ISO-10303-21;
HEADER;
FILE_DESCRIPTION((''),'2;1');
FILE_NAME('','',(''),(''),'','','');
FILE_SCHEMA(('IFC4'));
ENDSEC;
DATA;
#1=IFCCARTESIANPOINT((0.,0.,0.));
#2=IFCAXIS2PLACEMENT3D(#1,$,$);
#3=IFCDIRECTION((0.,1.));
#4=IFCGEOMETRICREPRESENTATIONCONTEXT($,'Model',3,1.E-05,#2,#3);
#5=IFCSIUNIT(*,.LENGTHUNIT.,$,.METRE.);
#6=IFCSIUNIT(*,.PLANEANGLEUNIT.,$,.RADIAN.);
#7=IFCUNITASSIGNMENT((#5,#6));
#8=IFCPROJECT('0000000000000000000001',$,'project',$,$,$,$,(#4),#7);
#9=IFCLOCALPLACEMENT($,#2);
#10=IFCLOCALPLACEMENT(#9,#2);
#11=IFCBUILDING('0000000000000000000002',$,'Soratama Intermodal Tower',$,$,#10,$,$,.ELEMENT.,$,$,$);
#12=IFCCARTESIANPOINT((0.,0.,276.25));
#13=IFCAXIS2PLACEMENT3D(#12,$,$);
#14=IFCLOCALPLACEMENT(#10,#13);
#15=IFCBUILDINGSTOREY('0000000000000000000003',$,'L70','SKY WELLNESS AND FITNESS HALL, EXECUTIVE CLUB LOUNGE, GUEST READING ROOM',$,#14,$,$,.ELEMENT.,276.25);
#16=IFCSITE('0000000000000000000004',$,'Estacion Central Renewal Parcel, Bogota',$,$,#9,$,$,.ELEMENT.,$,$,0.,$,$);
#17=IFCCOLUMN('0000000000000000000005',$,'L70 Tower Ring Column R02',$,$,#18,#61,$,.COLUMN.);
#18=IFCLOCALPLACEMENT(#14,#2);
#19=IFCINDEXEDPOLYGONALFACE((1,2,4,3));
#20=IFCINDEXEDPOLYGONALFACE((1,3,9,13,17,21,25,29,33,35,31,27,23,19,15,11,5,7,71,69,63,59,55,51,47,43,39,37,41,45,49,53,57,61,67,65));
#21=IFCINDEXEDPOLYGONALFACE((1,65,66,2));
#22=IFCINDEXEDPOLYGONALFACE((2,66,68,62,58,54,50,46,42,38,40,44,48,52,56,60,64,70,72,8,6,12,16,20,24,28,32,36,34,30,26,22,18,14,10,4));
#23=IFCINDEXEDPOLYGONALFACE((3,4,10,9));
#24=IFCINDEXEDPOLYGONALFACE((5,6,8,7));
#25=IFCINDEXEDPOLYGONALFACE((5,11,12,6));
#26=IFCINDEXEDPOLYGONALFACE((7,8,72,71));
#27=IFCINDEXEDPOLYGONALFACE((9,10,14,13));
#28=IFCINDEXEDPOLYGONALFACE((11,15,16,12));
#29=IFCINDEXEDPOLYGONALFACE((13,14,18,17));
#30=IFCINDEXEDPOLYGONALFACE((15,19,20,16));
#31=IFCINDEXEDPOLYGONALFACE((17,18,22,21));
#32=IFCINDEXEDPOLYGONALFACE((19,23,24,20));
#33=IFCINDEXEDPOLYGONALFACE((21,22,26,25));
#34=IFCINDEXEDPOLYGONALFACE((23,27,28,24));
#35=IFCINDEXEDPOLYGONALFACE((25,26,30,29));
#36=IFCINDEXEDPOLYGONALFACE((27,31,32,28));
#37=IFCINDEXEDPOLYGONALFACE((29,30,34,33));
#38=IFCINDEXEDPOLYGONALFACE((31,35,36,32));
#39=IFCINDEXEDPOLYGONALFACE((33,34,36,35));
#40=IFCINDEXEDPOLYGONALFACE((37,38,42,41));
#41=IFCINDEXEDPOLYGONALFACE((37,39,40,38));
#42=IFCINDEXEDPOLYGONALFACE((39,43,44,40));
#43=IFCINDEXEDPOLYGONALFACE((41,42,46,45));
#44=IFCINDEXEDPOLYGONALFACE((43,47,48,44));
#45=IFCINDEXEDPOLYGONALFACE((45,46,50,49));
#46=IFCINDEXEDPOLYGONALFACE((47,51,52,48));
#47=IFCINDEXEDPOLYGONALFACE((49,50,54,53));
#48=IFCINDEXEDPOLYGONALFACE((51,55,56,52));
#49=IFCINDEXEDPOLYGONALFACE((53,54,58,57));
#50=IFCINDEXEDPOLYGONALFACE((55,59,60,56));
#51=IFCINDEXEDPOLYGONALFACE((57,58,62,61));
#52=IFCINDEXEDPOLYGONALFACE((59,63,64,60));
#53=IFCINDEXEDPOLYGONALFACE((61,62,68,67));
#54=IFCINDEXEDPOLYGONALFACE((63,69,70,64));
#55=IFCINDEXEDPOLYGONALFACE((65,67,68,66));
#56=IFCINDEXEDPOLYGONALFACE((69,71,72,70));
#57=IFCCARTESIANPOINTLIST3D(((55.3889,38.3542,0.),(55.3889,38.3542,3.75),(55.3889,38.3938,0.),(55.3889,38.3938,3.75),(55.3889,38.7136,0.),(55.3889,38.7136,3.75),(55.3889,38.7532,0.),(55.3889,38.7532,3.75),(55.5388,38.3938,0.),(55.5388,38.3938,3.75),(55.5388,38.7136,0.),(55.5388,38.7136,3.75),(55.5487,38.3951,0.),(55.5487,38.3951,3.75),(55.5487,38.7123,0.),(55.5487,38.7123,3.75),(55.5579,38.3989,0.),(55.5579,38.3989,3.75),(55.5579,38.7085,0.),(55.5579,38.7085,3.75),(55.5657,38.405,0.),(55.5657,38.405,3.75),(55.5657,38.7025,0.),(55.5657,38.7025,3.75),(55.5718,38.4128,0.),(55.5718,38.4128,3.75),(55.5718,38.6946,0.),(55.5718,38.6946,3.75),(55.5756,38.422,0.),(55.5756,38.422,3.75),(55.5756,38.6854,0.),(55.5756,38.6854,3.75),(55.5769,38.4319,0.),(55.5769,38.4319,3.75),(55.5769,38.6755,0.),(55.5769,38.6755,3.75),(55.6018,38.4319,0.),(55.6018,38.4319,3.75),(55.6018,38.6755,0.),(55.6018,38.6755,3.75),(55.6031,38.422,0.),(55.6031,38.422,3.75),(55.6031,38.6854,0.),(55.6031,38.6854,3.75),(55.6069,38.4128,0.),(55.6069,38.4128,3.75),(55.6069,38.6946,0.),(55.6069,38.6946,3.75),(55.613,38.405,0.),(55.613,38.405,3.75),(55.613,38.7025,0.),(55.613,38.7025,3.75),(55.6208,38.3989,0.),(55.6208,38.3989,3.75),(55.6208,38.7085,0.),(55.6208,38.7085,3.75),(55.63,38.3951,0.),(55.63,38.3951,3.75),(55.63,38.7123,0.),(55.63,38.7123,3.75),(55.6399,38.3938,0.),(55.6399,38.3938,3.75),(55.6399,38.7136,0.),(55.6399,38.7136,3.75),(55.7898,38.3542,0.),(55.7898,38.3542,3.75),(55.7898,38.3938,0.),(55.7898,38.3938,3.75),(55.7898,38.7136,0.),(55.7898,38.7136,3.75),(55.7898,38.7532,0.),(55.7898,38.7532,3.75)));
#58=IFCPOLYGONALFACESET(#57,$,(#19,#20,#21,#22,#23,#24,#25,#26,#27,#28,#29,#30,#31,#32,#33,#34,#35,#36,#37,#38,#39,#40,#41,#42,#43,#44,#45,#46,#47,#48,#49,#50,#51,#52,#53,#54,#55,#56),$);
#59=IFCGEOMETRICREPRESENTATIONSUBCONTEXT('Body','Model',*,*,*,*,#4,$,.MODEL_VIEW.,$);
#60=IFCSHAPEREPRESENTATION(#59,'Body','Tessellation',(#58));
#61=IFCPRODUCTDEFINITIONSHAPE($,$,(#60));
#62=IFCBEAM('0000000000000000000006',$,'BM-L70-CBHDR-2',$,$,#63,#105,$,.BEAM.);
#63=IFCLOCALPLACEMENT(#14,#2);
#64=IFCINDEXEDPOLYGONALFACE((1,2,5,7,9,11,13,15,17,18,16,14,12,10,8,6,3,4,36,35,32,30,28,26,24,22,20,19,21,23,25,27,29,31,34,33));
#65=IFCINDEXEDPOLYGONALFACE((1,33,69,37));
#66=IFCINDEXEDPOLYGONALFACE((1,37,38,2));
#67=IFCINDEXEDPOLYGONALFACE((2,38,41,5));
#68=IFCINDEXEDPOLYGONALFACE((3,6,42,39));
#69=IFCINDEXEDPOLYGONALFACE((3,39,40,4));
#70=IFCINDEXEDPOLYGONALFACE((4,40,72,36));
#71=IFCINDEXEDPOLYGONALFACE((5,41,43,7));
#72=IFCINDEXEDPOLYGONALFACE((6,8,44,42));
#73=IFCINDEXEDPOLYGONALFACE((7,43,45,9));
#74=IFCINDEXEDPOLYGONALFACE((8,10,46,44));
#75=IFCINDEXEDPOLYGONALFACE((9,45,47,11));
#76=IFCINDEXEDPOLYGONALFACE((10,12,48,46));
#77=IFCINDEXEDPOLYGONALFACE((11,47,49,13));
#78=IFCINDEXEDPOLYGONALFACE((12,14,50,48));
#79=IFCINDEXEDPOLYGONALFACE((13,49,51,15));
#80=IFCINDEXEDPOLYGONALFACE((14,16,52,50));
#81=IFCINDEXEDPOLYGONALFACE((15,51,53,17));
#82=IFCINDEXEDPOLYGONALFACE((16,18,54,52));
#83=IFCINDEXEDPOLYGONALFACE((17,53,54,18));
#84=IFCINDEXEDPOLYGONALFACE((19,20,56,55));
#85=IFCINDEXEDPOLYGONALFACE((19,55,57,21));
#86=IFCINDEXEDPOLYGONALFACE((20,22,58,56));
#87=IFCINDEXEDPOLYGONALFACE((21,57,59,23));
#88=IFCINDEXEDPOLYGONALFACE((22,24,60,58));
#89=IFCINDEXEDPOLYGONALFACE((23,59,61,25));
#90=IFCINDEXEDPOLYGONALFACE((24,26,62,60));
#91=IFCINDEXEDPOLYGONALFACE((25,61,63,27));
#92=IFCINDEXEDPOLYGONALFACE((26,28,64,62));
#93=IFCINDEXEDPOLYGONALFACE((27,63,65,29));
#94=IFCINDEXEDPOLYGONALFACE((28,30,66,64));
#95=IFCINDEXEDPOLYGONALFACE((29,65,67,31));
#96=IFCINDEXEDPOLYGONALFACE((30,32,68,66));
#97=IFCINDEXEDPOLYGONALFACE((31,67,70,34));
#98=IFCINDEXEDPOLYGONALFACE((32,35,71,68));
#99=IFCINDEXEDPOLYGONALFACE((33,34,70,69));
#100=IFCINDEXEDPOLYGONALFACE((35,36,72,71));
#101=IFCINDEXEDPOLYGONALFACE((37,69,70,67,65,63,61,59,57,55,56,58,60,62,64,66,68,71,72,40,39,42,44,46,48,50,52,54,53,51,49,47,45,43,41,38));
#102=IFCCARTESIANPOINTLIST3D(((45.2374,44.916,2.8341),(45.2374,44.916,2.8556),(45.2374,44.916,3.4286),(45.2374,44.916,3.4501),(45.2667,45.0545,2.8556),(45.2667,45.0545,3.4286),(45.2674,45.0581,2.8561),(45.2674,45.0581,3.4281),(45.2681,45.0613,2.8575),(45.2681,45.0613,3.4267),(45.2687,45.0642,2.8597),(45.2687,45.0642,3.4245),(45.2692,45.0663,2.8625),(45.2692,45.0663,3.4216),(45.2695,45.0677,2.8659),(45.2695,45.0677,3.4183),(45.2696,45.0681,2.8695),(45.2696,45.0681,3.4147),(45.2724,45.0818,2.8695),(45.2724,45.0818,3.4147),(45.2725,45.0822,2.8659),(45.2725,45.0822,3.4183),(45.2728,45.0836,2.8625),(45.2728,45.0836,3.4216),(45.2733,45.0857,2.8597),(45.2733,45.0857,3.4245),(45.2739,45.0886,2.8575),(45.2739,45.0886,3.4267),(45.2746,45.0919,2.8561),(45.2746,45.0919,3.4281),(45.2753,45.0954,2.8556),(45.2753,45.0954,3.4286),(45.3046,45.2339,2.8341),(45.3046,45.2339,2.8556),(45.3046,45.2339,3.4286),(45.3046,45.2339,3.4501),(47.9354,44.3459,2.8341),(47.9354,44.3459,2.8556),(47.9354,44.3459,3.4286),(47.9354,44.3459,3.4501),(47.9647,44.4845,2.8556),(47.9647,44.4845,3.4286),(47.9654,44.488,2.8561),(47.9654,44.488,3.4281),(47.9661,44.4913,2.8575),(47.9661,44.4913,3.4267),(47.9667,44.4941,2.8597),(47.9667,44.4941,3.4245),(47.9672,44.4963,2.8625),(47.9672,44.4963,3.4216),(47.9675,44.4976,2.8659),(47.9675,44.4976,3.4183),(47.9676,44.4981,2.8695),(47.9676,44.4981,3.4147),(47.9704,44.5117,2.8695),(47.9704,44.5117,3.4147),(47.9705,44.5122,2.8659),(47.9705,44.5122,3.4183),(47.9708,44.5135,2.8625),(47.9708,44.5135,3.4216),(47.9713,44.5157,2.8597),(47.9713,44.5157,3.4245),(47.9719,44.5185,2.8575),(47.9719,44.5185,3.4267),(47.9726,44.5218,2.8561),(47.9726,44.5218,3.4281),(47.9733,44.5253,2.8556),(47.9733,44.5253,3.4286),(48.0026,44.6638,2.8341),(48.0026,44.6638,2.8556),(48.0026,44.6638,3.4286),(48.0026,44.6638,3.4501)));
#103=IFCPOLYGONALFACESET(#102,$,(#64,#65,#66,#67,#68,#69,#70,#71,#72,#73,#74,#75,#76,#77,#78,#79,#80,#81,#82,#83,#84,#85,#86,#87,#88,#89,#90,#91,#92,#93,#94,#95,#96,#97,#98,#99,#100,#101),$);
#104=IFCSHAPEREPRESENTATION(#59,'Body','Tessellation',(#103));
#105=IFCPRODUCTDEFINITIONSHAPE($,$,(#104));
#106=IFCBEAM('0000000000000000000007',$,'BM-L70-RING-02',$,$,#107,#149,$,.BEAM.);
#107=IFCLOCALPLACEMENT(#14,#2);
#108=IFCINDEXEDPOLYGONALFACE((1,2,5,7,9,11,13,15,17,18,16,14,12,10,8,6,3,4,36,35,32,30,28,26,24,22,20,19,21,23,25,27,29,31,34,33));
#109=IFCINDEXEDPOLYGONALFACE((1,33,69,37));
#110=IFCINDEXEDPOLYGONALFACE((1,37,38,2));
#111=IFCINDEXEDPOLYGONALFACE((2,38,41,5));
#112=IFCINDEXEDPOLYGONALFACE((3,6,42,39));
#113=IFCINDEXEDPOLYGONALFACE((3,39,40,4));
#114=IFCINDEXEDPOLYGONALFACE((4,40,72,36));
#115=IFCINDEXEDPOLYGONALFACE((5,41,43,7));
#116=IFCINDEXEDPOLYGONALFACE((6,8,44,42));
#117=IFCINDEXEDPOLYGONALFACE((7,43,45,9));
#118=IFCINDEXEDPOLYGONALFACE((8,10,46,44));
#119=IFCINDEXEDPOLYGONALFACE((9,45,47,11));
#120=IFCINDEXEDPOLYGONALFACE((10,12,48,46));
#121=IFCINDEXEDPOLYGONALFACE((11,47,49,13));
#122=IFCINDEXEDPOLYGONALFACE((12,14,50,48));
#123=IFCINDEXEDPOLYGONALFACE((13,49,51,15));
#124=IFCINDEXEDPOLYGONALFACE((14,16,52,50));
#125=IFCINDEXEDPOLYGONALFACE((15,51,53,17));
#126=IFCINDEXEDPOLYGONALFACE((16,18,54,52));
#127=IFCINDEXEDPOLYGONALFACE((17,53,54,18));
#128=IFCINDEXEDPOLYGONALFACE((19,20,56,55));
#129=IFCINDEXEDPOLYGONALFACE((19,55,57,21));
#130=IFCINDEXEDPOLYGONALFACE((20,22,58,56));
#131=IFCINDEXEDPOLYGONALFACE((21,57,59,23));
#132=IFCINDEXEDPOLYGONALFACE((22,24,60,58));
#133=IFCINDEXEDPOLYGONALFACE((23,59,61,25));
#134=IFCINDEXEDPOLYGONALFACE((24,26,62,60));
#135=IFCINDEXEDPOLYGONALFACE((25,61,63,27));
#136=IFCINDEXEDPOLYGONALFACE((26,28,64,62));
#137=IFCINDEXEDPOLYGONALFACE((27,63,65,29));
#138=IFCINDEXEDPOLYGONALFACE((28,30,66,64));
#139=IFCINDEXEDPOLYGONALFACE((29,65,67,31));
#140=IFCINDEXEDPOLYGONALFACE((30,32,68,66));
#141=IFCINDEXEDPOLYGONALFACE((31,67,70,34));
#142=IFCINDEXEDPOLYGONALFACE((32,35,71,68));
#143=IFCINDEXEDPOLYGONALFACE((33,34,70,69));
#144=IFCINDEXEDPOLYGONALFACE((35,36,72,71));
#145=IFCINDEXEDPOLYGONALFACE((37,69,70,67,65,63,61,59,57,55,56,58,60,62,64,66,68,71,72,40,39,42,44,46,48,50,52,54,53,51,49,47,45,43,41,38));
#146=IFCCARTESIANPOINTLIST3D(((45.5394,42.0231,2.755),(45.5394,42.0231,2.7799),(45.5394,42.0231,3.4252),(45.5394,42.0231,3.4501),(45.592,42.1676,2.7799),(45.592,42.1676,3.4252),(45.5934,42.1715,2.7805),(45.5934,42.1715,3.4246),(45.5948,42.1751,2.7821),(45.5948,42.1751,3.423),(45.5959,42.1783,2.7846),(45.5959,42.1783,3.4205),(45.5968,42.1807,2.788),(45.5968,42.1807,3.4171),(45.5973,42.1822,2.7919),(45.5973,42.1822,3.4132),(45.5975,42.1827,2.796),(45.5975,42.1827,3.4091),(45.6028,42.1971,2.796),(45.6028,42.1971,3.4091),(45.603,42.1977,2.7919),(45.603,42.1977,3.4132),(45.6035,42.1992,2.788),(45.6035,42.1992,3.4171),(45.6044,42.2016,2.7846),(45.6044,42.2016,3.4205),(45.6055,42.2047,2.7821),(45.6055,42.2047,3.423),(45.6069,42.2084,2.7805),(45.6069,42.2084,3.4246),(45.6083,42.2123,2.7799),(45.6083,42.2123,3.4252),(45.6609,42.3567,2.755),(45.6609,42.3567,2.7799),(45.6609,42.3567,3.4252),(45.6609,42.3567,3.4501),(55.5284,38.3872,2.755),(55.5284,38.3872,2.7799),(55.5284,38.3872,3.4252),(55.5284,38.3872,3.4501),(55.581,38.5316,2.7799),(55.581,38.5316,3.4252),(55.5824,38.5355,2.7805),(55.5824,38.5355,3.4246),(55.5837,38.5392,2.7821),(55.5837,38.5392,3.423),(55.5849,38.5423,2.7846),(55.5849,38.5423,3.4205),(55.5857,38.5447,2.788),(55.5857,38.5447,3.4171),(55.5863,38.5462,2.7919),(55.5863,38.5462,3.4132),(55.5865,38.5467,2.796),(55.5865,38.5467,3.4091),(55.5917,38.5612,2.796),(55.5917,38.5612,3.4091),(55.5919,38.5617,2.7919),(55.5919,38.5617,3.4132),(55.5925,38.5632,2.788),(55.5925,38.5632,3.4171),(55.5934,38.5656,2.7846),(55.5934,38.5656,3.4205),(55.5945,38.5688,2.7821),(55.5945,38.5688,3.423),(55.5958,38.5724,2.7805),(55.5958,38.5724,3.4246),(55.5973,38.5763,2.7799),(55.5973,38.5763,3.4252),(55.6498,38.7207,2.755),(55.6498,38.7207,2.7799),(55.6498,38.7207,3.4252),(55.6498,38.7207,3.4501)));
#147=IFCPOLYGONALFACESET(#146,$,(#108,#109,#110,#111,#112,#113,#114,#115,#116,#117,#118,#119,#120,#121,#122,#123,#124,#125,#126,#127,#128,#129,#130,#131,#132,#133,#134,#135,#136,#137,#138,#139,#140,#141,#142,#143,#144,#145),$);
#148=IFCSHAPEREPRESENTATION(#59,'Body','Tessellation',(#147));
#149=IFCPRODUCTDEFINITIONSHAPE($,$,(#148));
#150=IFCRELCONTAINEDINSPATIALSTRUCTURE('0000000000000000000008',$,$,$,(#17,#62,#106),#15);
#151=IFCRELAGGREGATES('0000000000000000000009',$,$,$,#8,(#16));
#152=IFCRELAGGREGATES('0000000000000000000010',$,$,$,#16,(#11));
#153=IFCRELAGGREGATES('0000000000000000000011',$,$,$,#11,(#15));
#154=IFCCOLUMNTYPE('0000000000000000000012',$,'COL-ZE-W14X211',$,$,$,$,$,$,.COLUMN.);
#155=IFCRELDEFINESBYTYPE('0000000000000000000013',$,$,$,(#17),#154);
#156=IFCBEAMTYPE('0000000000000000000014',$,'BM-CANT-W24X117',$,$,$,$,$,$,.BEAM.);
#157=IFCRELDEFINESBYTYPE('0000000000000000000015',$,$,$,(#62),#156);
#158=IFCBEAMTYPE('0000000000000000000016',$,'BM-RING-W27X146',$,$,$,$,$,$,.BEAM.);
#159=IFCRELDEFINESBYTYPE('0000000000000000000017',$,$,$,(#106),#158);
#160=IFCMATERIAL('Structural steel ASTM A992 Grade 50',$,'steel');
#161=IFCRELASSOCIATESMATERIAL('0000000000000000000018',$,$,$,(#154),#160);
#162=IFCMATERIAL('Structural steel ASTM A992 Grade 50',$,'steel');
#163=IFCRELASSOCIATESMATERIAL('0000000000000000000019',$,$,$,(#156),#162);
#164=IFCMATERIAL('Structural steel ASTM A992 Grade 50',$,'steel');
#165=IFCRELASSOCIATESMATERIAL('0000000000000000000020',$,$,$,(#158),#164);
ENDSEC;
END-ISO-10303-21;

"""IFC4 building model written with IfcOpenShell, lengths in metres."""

from ifc_helpers import new_model, si_unit, direction, frame, origin, origin_2d, place, context, subcontext, project, spatial, i_section, extrude, material, material_profile, profile_set, type_object, element, save


model = new_model("IFC4")

# Units and contexts
model_context = context("Model", 3, precision=1e-05, world=origin(), true_north=direction((0.0, 1.0)))
body_context = subcontext(model_context, "Body", "Model", "MODEL_VIEW")
ifc_project = project(units=[si_unit("LENGTHUNIT", "METRE"), si_unit("PLANEANGLEUNIT", "RADIAN")], contexts=[model_context])

# Site, building, storey
site_placement = place(None, origin())
site = spatial("IfcSite", under=ifc_project, at=site_placement, Name="Estacion Central Renewal Parcel, Bogota", CompositionType="ELEMENT", RefElevation=0.0)
building_placement = place(site_placement, origin())
building = spatial("IfcBuilding", under=site, at=building_placement, Name="Soratama Intermodal Tower", CompositionType="ELEMENT")
storey_placement = place(building_placement, frame((0.0, 0.0, 276.25)))
storey = spatial("IfcBuildingStorey", under=building, at=storey_placement, Name="L70", Description="SKY WELLNESS AND FITNESS HALL, EXECUTIVE CLUB LOUNGE, GUEST READING ROOM", CompositionType="ELEMENT", Elevation=276.25)

# Column
ifc_material_1 = material(Name="Structural steel ASTM A992 Grade 50", Category="steel")
ifc_material_profile_1 = material_profile(ifc_material_1, i_section(OverallWidth=0.4009, OverallDepth=0.3989, WebThickness=0.0249, FlangeThickness=0.0396, FilletRadius=0.0381, at=origin_2d()), Name="W14X211")
ifc_profile_set_1 = profile_set([ifc_material_profile_1], Name="Structural steel ASTM A992 Grade 50")
column_type = type_object("IfcColumnType", Name="COL-ZE-W14X211", PredefinedType="COLUMN", material=ifc_profile_set_1)
column_placement = place(storey_placement, frame((55.5894, 38.5537, 0.0), z_axis=(0.0, 0.0, 1.0), x_axis=(1.0, 0.0, 0.0)))
element("IfcColumn", 1, at=column_placement, inside=storey, type_object=column_type, Name="L70 Tower Ring Column R02", PredefinedType="COLUMN", context=body_context, shape_type="SweptSolid", body=[
    extrude(i_section(OverallWidth=0.4009, OverallDepth=0.3989, WebThickness=0.0249, FlangeThickness=0.0396, FilletRadius=0.0381, at=origin_2d()), origin(), (0.0, 0.0, 1.0), 3.75),
])

# Beams
ifc_material_2 = material(Name="Structural steel ASTM A992 Grade 50", Category="steel")
ifc_material_profile_2 = material_profile(ifc_material_2, i_section(OverallWidth=0.325, OverallDepth=0.616, WebThickness=0.0139, FlangeThickness=0.0215, FilletRadius=0.0139, at=origin_2d()), Name="W24X117")
ifc_profile_set_2 = profile_set([ifc_material_profile_2], Name="Structural steel ASTM A992 Grade 50")
beam_type_1 = type_object("IfcBeamType", Name="BM-CANT-W24X117", PredefinedType="BEAM", material=ifc_profile_set_2)
beam_1_placement = place(storey_placement, frame((47.969, 44.5049, 3.1421), z_axis=(-0.978398, 0.206729, 0.0), x_axis=(-0.206729, -0.978398, 0.0)))
element("IfcBeam", 2, at=beam_1_placement, inside=storey, type_object=beam_type_1, Name="BM-L70-CBHDR-2", PredefinedType="BEAM", context=body_context, shape_type="SweptSolid", body=[
    extrude(i_section(OverallWidth=0.325, OverallDepth=0.616, WebThickness=0.0139, FlangeThickness=0.0215, FilletRadius=0.0139, at=origin_2d()), origin(), (0.0, 0.0, 1.0), 2.7576),
])
ifc_material_3 = material(Name="Structural steel ASTM A992 Grade 50", Category="steel")
ifc_material_profile_3 = material_profile(ifc_material_3, i_section(OverallWidth=0.355, OverallDepth=0.6951, WebThickness=0.0154, FlangeThickness=0.0249, FilletRadius=0.0161, at=origin_2d()), Name="W27X146")
ifc_profile_set_3 = profile_set([ifc_material_profile_3], Name="Structural steel ASTM A992 Grade 50")
beam_type_2 = type_object("IfcBeamType", Name="BM-RING-W27X146", PredefinedType="BEAM", material=ifc_profile_set_3)
beam_2_placement = place(storey_placement, frame((55.5891, 38.554, 3.1025), z_axis=(-0.939684, 0.342044, 0.0), x_axis=(-0.342044, -0.939684, 0.0)))
element("IfcBeam", 3, at=beam_2_placement, inside=storey, type_object=beam_type_2, Name="BM-L70-RING-02", PredefinedType="BEAM", context=body_context, shape_type="SweptSolid", body=[
    extrude(i_section(OverallWidth=0.355, OverallDepth=0.6951, WebThickness=0.0154, FlangeThickness=0.0249, FilletRadius=0.0161, at=origin_2d()), origin(), (0.0, 0.0, 1.0), 10.6301),
])

save(model, "model.ifc")
